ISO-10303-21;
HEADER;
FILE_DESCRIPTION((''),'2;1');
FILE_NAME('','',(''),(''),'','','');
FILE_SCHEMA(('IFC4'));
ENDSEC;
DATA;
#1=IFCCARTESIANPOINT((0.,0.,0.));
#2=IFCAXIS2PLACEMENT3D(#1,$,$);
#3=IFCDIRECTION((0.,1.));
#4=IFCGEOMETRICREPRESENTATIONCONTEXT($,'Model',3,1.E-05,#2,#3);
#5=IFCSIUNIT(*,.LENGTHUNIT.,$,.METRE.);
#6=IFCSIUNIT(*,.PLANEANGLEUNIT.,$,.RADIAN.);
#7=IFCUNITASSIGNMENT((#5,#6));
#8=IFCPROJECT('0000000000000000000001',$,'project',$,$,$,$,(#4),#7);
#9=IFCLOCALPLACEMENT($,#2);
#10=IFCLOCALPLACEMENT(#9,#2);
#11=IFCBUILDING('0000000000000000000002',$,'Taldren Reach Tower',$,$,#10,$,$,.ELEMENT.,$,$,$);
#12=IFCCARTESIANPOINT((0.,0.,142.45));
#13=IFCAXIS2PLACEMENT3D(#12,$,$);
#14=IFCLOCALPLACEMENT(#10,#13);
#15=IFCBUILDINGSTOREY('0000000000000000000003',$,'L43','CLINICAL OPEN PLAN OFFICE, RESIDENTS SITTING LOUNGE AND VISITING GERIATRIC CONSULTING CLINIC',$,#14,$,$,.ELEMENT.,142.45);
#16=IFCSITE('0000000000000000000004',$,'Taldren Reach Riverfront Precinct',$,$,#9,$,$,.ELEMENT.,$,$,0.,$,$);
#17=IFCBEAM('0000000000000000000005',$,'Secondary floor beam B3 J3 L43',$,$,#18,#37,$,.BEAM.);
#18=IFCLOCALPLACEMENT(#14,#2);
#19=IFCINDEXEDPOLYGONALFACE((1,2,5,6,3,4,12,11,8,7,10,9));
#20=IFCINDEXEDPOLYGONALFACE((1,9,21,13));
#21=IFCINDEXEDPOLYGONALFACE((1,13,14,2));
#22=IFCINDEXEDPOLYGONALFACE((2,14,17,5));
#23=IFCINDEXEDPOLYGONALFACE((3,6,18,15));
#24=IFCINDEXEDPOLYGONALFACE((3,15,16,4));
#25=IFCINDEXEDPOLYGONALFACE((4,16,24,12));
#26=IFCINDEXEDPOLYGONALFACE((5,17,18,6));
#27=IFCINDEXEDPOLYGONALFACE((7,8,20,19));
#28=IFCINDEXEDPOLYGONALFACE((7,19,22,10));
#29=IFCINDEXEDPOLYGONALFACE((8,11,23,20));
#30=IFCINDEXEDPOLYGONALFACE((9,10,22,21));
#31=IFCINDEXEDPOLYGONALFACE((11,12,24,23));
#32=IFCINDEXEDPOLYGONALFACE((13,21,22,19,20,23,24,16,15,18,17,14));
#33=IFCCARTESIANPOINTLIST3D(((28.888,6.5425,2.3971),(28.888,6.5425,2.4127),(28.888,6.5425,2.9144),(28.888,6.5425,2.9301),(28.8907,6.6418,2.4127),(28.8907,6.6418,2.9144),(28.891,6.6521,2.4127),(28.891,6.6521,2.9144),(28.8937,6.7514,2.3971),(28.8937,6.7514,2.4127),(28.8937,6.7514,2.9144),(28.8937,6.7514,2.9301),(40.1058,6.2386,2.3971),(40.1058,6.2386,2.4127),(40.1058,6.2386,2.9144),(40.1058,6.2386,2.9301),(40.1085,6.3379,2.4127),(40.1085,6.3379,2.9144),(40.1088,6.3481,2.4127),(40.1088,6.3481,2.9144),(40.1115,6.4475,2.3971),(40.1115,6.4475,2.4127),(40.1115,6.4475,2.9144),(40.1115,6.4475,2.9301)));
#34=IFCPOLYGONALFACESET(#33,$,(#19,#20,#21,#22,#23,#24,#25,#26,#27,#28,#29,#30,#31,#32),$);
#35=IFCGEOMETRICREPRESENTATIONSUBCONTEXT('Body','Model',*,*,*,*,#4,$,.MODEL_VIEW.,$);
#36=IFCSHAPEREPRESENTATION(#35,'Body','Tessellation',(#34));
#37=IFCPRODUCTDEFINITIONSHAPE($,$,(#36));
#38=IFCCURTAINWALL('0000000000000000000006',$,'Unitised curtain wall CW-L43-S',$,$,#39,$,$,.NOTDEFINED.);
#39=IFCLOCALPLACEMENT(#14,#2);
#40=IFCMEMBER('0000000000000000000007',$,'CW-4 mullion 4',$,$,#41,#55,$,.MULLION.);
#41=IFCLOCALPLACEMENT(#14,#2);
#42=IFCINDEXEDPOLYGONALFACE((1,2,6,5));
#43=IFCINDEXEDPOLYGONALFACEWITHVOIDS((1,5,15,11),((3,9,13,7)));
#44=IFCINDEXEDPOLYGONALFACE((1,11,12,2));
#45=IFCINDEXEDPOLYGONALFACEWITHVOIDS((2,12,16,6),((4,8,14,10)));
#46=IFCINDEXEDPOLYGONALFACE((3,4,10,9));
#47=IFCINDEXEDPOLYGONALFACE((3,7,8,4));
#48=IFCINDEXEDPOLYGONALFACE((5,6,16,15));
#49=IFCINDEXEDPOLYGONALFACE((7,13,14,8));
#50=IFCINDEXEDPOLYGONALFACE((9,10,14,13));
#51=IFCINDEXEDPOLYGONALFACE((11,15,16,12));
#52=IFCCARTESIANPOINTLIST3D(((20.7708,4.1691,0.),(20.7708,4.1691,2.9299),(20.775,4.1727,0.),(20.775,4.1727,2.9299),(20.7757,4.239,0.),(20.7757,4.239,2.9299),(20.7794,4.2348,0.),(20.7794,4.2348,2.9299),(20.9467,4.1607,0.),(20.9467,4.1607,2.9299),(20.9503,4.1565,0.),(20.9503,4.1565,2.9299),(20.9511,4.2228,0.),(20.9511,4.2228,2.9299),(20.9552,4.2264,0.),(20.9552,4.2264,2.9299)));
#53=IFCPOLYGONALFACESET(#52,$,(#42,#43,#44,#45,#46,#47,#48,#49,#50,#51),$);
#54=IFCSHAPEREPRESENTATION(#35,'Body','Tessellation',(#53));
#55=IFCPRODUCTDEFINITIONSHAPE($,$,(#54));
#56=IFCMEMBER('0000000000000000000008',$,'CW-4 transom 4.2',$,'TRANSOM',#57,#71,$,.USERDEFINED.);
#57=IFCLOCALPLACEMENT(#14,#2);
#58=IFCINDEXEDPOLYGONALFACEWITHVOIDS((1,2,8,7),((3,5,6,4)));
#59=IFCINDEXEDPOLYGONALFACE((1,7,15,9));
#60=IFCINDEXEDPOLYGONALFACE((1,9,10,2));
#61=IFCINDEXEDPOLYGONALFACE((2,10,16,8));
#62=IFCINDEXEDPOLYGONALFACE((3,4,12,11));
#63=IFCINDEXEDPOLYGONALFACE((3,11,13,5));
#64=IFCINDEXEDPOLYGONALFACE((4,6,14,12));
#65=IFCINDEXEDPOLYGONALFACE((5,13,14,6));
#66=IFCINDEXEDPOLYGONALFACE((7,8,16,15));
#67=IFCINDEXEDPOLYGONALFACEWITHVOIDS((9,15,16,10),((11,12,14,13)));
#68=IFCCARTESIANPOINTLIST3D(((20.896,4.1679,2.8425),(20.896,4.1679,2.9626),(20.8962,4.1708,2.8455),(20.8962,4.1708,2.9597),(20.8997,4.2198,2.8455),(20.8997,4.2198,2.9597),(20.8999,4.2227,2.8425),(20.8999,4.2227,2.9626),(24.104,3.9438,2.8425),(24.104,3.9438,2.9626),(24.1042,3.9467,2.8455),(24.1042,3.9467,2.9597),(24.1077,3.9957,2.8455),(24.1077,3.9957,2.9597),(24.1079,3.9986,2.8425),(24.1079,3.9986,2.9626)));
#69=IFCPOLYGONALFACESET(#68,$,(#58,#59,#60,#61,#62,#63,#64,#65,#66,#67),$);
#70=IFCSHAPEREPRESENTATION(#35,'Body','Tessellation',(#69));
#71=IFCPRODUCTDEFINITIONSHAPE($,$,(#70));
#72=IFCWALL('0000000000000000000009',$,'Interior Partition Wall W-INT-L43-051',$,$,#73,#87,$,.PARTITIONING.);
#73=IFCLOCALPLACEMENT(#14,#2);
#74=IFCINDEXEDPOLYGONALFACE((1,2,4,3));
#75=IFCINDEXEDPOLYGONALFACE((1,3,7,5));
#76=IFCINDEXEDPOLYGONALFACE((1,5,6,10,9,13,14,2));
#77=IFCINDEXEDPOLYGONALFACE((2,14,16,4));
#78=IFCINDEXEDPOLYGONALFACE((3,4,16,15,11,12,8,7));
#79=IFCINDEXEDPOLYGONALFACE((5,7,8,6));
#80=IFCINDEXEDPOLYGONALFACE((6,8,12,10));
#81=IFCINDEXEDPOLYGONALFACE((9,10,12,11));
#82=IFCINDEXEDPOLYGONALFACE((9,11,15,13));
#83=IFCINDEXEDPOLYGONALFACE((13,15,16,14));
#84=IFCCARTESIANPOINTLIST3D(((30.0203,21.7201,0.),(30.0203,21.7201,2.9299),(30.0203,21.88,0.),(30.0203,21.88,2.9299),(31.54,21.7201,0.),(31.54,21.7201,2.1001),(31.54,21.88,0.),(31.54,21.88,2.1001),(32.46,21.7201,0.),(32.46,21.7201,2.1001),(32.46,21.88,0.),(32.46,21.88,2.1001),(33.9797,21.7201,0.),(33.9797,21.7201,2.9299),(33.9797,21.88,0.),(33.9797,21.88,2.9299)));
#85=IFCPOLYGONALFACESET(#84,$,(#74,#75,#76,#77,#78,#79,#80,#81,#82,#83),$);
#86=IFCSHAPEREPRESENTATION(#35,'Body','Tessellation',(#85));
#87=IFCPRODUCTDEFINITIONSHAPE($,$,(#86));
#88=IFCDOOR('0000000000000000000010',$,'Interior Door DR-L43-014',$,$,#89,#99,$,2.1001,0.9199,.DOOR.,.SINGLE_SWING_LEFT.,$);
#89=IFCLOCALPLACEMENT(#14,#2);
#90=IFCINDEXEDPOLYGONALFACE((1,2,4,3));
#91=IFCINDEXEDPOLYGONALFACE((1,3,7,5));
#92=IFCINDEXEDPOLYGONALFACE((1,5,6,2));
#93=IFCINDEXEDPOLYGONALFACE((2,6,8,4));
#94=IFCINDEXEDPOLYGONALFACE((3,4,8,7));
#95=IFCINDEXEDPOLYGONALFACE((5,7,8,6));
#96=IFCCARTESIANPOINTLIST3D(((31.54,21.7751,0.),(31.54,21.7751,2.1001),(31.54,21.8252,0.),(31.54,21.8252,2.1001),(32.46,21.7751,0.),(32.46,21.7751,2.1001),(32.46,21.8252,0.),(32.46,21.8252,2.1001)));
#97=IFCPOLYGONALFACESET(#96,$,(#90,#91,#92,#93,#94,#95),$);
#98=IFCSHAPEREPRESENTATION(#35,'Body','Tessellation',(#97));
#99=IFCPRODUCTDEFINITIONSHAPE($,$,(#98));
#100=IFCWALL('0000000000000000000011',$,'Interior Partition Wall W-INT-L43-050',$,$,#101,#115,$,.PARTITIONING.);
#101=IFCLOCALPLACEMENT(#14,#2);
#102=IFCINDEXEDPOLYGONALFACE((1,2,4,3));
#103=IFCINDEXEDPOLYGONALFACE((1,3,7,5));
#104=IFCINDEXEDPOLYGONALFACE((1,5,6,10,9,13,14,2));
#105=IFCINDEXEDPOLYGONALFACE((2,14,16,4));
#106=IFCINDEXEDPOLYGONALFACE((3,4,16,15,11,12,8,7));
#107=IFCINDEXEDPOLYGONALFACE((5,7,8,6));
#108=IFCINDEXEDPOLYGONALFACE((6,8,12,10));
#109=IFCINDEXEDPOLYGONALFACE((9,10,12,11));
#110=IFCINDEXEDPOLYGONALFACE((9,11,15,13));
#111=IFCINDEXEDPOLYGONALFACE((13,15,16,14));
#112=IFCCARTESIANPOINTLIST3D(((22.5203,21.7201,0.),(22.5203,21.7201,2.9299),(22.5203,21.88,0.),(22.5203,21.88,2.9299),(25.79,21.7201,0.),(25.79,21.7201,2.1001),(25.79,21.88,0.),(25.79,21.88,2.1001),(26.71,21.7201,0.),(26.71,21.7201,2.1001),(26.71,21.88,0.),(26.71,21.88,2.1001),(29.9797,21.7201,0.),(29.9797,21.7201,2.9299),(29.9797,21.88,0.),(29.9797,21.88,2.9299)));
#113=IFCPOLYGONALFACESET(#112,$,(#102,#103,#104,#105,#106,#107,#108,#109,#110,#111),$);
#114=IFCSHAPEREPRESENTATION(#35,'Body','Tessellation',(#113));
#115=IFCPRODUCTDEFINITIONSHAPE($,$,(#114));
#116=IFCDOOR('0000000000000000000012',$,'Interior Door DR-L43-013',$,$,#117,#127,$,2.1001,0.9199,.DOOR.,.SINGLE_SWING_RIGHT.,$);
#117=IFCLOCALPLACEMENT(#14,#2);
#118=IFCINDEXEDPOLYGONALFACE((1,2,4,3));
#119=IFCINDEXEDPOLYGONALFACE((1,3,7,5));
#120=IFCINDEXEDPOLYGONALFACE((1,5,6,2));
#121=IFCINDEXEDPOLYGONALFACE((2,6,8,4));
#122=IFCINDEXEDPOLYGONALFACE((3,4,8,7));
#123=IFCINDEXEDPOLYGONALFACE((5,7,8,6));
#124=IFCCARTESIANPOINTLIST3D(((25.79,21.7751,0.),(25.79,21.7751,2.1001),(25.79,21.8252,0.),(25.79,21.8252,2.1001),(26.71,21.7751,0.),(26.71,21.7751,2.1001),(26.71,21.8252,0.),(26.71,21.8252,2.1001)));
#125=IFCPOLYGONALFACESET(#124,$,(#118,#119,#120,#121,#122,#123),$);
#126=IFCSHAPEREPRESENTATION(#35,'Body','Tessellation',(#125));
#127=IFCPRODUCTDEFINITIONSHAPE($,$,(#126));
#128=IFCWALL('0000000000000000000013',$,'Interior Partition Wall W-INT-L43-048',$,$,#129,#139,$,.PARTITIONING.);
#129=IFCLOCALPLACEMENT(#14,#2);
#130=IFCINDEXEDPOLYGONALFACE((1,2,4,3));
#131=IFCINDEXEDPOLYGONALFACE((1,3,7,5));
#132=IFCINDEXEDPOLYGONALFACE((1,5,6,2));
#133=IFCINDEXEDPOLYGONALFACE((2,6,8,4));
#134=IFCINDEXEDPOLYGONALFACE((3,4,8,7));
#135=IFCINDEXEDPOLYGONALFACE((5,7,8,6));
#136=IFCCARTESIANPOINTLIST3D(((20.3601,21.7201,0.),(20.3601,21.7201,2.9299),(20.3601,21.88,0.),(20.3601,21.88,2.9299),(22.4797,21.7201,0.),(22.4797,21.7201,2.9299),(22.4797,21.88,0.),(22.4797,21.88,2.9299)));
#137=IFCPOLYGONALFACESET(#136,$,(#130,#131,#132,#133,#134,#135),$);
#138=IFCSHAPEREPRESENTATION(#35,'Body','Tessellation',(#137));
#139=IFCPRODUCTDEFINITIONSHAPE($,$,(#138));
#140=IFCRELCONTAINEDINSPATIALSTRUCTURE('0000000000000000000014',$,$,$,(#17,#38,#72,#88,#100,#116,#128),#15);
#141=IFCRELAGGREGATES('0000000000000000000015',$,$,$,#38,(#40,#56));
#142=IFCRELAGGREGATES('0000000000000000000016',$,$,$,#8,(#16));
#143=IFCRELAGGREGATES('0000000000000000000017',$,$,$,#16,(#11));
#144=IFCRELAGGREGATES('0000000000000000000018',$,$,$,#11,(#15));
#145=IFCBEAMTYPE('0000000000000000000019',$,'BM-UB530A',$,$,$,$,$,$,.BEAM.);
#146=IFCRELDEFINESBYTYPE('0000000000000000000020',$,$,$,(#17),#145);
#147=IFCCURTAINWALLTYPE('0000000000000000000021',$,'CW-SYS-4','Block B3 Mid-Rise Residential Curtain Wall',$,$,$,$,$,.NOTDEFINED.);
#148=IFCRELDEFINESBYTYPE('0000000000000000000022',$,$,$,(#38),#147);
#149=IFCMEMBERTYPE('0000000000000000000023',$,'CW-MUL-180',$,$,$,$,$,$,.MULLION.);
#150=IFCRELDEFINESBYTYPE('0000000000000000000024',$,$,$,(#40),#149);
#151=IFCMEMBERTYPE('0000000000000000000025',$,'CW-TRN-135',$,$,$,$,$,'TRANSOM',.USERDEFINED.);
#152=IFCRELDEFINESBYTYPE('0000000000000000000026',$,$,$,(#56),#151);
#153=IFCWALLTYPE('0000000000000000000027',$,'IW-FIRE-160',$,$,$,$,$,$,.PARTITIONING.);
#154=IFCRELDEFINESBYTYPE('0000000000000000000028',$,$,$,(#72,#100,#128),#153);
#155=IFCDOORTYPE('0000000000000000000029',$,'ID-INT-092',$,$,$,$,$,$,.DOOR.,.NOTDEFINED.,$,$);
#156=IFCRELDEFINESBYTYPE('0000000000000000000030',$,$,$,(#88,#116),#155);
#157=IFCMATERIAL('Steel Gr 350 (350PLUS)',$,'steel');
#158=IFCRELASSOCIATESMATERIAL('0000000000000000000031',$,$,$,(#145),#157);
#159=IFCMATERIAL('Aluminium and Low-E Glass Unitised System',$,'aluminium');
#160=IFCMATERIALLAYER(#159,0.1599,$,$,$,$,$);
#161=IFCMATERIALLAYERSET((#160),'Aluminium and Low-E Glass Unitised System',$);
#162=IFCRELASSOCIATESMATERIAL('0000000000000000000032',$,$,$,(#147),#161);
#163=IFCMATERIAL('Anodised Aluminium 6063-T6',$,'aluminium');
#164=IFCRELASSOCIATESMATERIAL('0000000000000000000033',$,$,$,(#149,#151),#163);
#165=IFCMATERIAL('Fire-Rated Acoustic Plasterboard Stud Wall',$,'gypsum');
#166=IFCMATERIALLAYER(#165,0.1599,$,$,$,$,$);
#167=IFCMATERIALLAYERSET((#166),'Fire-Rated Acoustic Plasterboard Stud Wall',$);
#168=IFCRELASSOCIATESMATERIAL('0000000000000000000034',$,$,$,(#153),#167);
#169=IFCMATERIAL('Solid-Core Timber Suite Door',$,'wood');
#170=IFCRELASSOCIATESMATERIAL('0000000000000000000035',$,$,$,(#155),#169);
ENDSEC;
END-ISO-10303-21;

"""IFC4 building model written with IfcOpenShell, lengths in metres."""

from ifc_helpers import new_model, si_unit, direction, frame, frame_2d, origin, origin_2d, place, context, subcontext, project, spatial, rectangle, hollow_rectangle, i_section, extrude, source, transform, mapped, material, layer, layer_set, material_profile, profile_set, type_object, element, fill, aggregate, save


model = new_model("IFC4")

# Units and contexts
model_context = context("Model", 3, precision=1e-05, world=origin(), true_north=direction((0.0, 1.0)))
body_context = subcontext(model_context, "Body", "Model", "MODEL_VIEW")
ifc_project = project(units=[si_unit("LENGTHUNIT", "METRE"), si_unit("PLANEANGLEUNIT", "RADIAN")], contexts=[model_context])

# Site, building, storey
site_placement = place(None, origin())
site = spatial("IfcSite", under=ifc_project, at=site_placement, Name="Taldren Reach Riverfront Precinct", CompositionType="ELEMENT", RefElevation=0.0)
building_placement = place(site_placement, origin())
building = spatial("IfcBuilding", under=site, at=building_placement, Name="Taldren Reach Tower", CompositionType="ELEMENT")
storey_placement = place(building_placement, frame((0.0, 0.0, 142.45)))
storey = spatial("IfcBuildingStorey", under=building, at=storey_placement, Name="L43", Description="CLINICAL OPEN PLAN OFFICE, RESIDENTS SITTING LOUNGE AND VISITING GERIATRIC CONSULTING CLINIC", CompositionType="ELEMENT", Elevation=142.45)

# Shared definitions
ifc_material_1 = material(Name="Steel Gr 350 (350PLUS)", Category="steel")

# Beam
ifc_material_profile_1 = material_profile(ifc_material_1, i_section(OverallWidth=0.209, OverallDepth=0.533, WebThickness=0.0103, FlangeThickness=0.0156, at=origin_2d()), Name="530UB92.4")
ifc_profile_set_1 = profile_set([ifc_material_profile_1], Name="Steel Gr 350 (350PLUS)")
beam_type_1 = type_object("IfcBeamType", Name="BM-UB530A", PredefinedType="BEAM", material=ifc_profile_set_1)
shared_shape_1 = source(origin(), body_context, "Body", "SweptSolid", [
    extrude(i_section(OverallWidth=0.209, OverallDepth=0.533, WebThickness=0.0103, FlangeThickness=0.0156, at=origin_2d()), origin(), (0.0, 0.0, 1.0), 11.2219),
])
beam_1_placement = place(storey_placement, frame((28.8909, 6.647, 2.6636), z_axis=(0.999633, -0.027086, 0.0), x_axis=(0.027086, 0.999633, 0.0)))
element("IfcBeam", 1, at=beam_1_placement, inside=storey, type_object=beam_type_1, Name="Secondary floor beam B3 J3 L43", PredefinedType="BEAM", context=body_context, shape_type="MappedRepresentation", body=[
    mapped(shared_shape_1, transform((0.0, 0.0, 0.0), scale=1.0)),
])

# Curtain wall, members
ifc_material_2 = material(Name="Aluminium and Low-E Glass Unitised System", Category="aluminium")
ifc_layer_1 = layer(ifc_material_2, 0.1599)
ifc_layer_set_1 = layer_set([ifc_layer_1], Name="Aluminium and Low-E Glass Unitised System")
curtain_wall_type = type_object("IfcCurtainWallType", Name="CW-SYS-4", Description="Block B3 Mid-Rise Residential Curtain Wall", PredefinedType="NOTDEFINED", material=ifc_layer_set_1)
curtain_wall_placement = place(storey_placement, origin())
curtain_wall = element("IfcCurtainWall", 2, at=curtain_wall_placement, inside=storey, type_object=curtain_wall_type, Name="Unitised curtain wall CW-L43-S", PredefinedType="NOTDEFINED")
ifc_material_3 = material(Name="Anodised Aluminium 6063-T6", Category="aluminium")
ifc_material_profile_2 = material_profile(ifc_material_3, hollow_rectangle(XDim=0.0701, YDim=0.1799, WallThickness=0.0039, at=origin_2d()), Name="ALU-180x70x4RHS")
ifc_profile_set_2 = profile_set([ifc_material_profile_2], Name="Anodised Aluminium 6063-T6")
member_type_1 = type_object("IfcMemberType", Name="CW-MUL-180", PredefinedType="MULLION", material=ifc_profile_set_2)
shared_shape_2 = source(origin(), body_context, "Body", "SweptSolid", [
    extrude(hollow_rectangle(XDim=0.0701, YDim=0.1799, WallThickness=0.0039, at=origin_2d()), origin(), (0.0, 0.0, 1.0), 2.9299),
])
member_1_placement = place(storey_placement, frame((20.863, 4.1978, 0.0), z_axis=(0.0, 0.0, 1.0), x_axis=(0.069757, 0.997564, 0.0)))
member_1 = element("IfcMember", 3, at=member_1_placement, type_object=member_type_1, Name="CW-4 mullion 4", PredefinedType="MULLION", context=body_context, shape_type="MappedRepresentation", body=[
    mapped(shared_shape_2, transform((0.0, 0.0, 0.0), scale=1.0)),
])
ifc_material_profile_3 = material_profile(ifc_material_3, hollow_rectangle(XDim=0.0549, YDim=0.1201, WallThickness=0.0029, at=origin_2d()), Name="ALU-120x55x3RHS")
ifc_profile_set_3 = profile_set([ifc_material_profile_3], Name="Anodised Aluminium 6063-T6")
member_type_2 = type_object("IfcMemberType", Name="CW-TRN-135", ElementType="TRANSOM", PredefinedType="USERDEFINED", material=ifc_profile_set_3)
shared_shape_3 = source(origin(), body_context, "Body", "SweptSolid", [
    extrude(hollow_rectangle(XDim=0.0549, YDim=0.1201, WallThickness=0.0029, at=origin_2d()), origin(), (0.0, 0.0, 1.0), 3.2158),
])
member_2_placement = place(storey_placement, frame((20.8979, 4.1953, 2.9026), z_axis=(0.997568, -0.069693, 0.0), x_axis=(0.069693, 0.997568, 0.0)))
member_2 = element("IfcMember", 4, at=member_2_placement, type_object=member_type_2, Name="CW-4 transom 4.2", ObjectType="TRANSOM", PredefinedType="USERDEFINED", context=body_context, shape_type="MappedRepresentation", body=[
    mapped(shared_shape_3, transform((0.0, 0.0, 0.0), scale=1.0)),
])
aggregate(curtain_wall, [member_1, member_2])

# Walls, openings, doors
ifc_material_4 = material(Name="Fire-Rated Acoustic Plasterboard Stud Wall", Category="gypsum")
ifc_layer_2 = layer(ifc_material_4, 0.1599)
ifc_layer_set_2 = layer_set([ifc_layer_2], Name="Fire-Rated Acoustic Plasterboard Stud Wall")
wall_type_1 = type_object("IfcWallType", Name="IW-FIRE-160", PredefinedType="PARTITIONING", material=ifc_layer_set_2)
shared_shape_4 = source(origin(), body_context, "Body", "SweptSolid", [
    extrude(rectangle(XDim=3.9595, YDim=0.1599, at=frame_2d((1.9797, 0.0))), origin(), (0.0, 0.0, 1.0), 2.9299),
])
wall_1_placement = place(storey_placement, frame((33.9797, 21.8, 0.0), z_axis=(0.0, 0.0, 1.0), x_axis=(-1.0, 0.0, 0.0)))
wall_1 = element("IfcWall", 5, at=wall_1_placement, inside=storey, type_object=wall_type_1, Name="Interior Partition Wall W-INT-L43-051", PredefinedType="PARTITIONING", context=body_context, shape_type="MappedRepresentation", body=[
    mapped(shared_shape_4, transform((0.0, 0.0, 0.0), scale=1.0)),
])
shared_shape_5 = source(origin(), body_context, "Body", "SweptSolid", [
    extrude(rectangle(XDim=0.9199, YDim=2.1001, at=frame_2d((0.46, 1.05))), frame((0.0, 0.0898, 0.0), z_axis=(0.0, -1.0, 0.0), x_axis=(1.0, 0.0, 0.0)), (0.0, 0.0, 1.0), 0.1799),
])
opening_1_placement = place(wall_1_placement, frame((1.5198, 0.0, 0.0)))
opening_1 = element("IfcOpeningElement", 6, at=opening_1_placement, cuts=wall_1, PredefinedType="OPENING", context=body_context, shape_type="MappedRepresentation", body=[
    mapped(shared_shape_5, transform((0.0, 0.0, 0.0), scale=1.0)),
])
ifc_material_5 = material(Name="Solid-Core Timber Suite Door", Category="wood")
door_type = type_object("IfcDoorType", Name="ID-INT-092", OperationType="NOTDEFINED", PredefinedType="DOOR", material=ifc_material_5)
shared_shape_6 = source(origin(), body_context, "Body", "SweptSolid", [
    extrude(rectangle(XDim=0.9199, YDim=2.1001, at=frame_2d((0.46, 1.05))), frame((0.0, 0.0249, 0.0), z_axis=(0.0, -1.0, 0.0), x_axis=(1.0, 0.0, 0.0)), (0.0, 0.0, 1.0), 0.05),
])
door_1_placement = place(opening_1_placement, origin())
door_1 = element("IfcDoor", 7, at=door_1_placement, inside=storey, type_object=door_type, Name="Interior Door DR-L43-014", OperationType="SINGLE_SWING_LEFT", OverallHeight=2.1001, OverallWidth=0.9199, PredefinedType="DOOR", context=body_context, shape_type="MappedRepresentation", body=[
    mapped(shared_shape_6, transform((0.0, 0.0, 0.0), scale=1.0)),
])
fill(opening_1, door_1)
shared_shape_7 = source(origin(), body_context, "Body", "SweptSolid", [
    extrude(rectangle(XDim=7.4595, YDim=0.1599, at=frame_2d((3.7297, 0.0))), origin(), (0.0, 0.0, 1.0), 2.9299),
])
wall_2_placement = place(storey_placement, frame((29.9797, 21.8, 0.0), z_axis=(0.0, 0.0, 1.0), x_axis=(-1.0, 0.0, 0.0)))
wall_2 = element("IfcWall", 8, at=wall_2_placement, inside=storey, type_object=wall_type_1, Name="Interior Partition Wall W-INT-L43-050", PredefinedType="PARTITIONING", context=body_context, shape_type="MappedRepresentation", body=[
    mapped(shared_shape_7, transform((0.0, 0.0, 0.0), scale=1.0)),
])
opening_2_placement = place(wall_2_placement, frame((3.2698, 0.0, 0.0)))
opening_2 = element("IfcOpeningElement", 9, at=opening_2_placement, cuts=wall_2, PredefinedType="OPENING", context=body_context, shape_type="MappedRepresentation", body=[
    mapped(shared_shape_5, transform((0.0, 0.0, 0.0), scale=1.0)),
])
door_2_placement = place(opening_2_placement, origin())
door_2 = element("IfcDoor", 10, at=door_2_placement, inside=storey, type_object=door_type, Name="Interior Door DR-L43-013", OperationType="SINGLE_SWING_RIGHT", OverallHeight=2.1001, OverallWidth=0.9199, PredefinedType="DOOR", context=body_context, shape_type="MappedRepresentation", body=[
    mapped(shared_shape_6, transform((0.0, 0.0, 0.0), scale=1.0)),
])
fill(opening_2, door_2)

# Wall
shared_shape_8 = source(origin(), body_context, "Body", "SweptSolid", [
    extrude(rectangle(XDim=2.1196, YDim=0.1599, at=frame_2d((1.0598, 0.0))), origin(), (0.0, 0.0, 1.0), 2.9299),
])
wall_3_placement = place(storey_placement, frame((22.4797, 21.8, 0.0), z_axis=(0.0, 0.0, 1.0), x_axis=(-1.0, 0.0, 0.0)))
element("IfcWall", 11, at=wall_3_placement, inside=storey, type_object=wall_type_1, Name="Interior Partition Wall W-INT-L43-048", PredefinedType="PARTITIONING", context=body_context, shape_type="MappedRepresentation", body=[
    mapped(shared_shape_8, transform((0.0, 0.0, 0.0), scale=1.0)),
])

save(model, "model.ifc")
